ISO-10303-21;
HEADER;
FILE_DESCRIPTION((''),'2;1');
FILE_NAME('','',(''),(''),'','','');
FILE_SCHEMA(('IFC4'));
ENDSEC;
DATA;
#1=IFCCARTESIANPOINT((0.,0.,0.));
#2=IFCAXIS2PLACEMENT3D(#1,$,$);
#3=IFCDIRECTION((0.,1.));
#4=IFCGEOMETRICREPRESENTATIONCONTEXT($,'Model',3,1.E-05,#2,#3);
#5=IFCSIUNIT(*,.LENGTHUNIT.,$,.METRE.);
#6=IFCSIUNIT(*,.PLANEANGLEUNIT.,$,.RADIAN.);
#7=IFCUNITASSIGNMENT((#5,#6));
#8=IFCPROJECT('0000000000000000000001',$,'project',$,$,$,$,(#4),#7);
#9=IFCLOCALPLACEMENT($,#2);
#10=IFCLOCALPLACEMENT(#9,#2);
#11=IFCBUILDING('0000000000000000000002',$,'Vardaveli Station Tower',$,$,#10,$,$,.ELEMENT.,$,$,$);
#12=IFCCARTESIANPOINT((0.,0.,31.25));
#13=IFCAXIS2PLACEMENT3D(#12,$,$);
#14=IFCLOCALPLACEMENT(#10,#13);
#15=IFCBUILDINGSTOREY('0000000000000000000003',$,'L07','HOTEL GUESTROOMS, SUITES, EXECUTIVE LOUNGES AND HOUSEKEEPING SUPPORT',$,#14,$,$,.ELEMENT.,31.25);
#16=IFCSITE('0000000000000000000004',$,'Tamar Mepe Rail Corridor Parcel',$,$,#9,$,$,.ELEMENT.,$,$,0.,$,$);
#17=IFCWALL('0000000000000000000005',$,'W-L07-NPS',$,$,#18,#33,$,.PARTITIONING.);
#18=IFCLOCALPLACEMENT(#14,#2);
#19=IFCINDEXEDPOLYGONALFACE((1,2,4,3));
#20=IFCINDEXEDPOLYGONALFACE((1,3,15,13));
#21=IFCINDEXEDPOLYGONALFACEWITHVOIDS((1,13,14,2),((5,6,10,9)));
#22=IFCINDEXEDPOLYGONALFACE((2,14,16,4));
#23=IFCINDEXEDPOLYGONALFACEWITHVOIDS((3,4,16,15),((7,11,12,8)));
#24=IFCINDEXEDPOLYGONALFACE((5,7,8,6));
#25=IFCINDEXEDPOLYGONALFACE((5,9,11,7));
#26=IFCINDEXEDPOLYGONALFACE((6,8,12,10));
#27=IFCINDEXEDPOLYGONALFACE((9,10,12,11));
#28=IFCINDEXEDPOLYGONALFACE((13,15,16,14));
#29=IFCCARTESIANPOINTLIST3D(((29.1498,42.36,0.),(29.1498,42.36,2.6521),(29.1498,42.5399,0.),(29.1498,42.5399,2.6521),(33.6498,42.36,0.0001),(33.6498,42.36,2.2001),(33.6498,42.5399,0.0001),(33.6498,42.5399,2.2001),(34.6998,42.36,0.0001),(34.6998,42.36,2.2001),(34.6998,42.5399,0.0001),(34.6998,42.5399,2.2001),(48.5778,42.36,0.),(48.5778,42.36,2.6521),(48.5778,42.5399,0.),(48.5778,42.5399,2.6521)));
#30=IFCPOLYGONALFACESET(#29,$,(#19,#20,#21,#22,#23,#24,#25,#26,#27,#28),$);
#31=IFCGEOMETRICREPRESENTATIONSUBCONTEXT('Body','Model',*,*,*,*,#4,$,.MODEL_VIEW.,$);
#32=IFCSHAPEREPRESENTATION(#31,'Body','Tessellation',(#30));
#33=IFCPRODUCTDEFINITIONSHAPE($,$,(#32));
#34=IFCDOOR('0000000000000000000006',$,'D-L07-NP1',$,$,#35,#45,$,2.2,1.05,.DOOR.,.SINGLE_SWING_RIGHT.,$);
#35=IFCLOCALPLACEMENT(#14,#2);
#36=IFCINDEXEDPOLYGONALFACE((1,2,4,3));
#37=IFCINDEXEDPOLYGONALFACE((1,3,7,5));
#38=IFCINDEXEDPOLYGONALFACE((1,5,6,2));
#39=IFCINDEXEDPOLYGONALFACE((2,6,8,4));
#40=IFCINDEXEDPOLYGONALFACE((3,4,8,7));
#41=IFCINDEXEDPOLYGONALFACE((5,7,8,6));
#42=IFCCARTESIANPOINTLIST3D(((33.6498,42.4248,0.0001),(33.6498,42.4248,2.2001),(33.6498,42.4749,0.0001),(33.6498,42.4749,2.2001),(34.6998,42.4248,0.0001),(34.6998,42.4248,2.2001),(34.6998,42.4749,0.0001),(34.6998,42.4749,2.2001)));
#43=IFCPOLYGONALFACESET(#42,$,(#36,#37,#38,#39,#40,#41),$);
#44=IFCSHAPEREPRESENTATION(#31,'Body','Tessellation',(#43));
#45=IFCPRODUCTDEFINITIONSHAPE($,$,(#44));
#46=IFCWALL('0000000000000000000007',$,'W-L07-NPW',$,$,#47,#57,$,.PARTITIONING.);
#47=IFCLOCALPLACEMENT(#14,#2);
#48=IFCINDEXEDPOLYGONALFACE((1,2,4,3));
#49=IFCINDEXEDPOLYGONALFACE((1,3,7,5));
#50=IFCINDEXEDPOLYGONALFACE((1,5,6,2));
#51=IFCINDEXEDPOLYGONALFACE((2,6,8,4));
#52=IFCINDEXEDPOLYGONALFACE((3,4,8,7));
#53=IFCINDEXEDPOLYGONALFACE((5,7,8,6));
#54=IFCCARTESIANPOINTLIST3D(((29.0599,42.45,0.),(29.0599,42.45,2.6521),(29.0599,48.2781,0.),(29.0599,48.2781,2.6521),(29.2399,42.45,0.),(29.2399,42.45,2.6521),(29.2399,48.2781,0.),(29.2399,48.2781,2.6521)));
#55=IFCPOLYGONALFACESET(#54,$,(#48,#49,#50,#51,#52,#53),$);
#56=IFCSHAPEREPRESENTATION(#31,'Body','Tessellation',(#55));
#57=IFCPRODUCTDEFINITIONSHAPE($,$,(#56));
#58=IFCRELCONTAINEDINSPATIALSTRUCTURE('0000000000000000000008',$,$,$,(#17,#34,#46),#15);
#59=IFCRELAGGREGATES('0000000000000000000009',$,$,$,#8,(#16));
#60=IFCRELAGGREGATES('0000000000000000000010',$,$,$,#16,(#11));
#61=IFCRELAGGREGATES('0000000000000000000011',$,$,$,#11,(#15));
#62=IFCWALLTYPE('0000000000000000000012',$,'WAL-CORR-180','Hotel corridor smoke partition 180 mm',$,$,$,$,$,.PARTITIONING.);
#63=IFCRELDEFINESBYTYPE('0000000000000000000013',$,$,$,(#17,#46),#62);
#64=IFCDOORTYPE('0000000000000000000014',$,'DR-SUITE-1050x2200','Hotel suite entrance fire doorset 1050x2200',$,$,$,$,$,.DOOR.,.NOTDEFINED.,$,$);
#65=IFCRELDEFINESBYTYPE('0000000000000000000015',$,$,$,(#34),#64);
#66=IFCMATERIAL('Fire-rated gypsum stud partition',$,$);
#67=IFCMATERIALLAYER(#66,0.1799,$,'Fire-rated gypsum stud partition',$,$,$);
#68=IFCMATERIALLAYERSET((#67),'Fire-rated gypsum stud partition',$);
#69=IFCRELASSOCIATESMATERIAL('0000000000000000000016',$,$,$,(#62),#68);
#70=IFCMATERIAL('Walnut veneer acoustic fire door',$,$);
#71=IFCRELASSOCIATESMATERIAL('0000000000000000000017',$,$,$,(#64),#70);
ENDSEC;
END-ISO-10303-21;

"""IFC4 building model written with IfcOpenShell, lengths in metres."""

from ifc_helpers import new_model, si_unit, direction, frame, frame_2d, origin, place, context, subcontext, project, spatial, rectangle, extrude, source, transform, mapped, material, layer, layer_set, type_object, element, fill, save


model = new_model("IFC4")

# Units and contexts
model_context = context("Model", 3, precision=1e-05, world=origin(), true_north=direction((0.0, 1.0)))
body_context = subcontext(model_context, "Body", "Model", "MODEL_VIEW")
ifc_project = project(units=[si_unit("LENGTHUNIT", "METRE"), si_unit("PLANEANGLEUNIT", "RADIAN")], contexts=[model_context])

# Site, building, storey
site_placement = place(None, origin())
site = spatial("IfcSite", under=ifc_project, at=site_placement, Name="Tamar Mepe Rail Corridor Parcel", CompositionType="ELEMENT", RefElevation=0.0)
building_placement = place(site_placement, origin())
building = spatial("IfcBuilding", under=site, at=building_placement, Name="Vardaveli Station Tower", CompositionType="ELEMENT")
storey_placement = place(building_placement, frame((0.0, 0.0, 31.25)))
storey = spatial("IfcBuildingStorey", under=building, at=storey_placement, Name="L07", Description="HOTEL GUESTROOMS, SUITES, EXECUTIVE LOUNGES AND HOUSEKEEPING SUPPORT", CompositionType="ELEMENT", Elevation=31.25)

# Wall, opening, door
ifc_material_1 = material(Name="Fire-rated gypsum stud partition")
ifc_layer_1 = layer(ifc_material_1, 0.1799, Name="Fire-rated gypsum stud partition")
ifc_layer_set_1 = layer_set([ifc_layer_1], Name="Fire-rated gypsum stud partition")
wall_type_1 = type_object("IfcWallType", Name="WAL-CORR-180", Description="Hotel corridor smoke partition 180 mm", PredefinedType="PARTITIONING", material=ifc_layer_set_1)
shared_shape_1 = source(origin(), body_context, "Body", "SweptSolid", [
    extrude(rectangle(XDim=19.428, YDim=0.1799, at=frame_2d((9.7139, 0.0))), origin(), (0.0, 0.0, 1.0), 2.6521),
])
wall_1_placement = place(storey_placement, frame((29.1499, 42.45, 0.0), z_axis=(0.0, 0.0, 1.0), x_axis=(1.0, 0.0, 0.0)))
wall_1 = element("IfcWall", 1, at=wall_1_placement, inside=storey, type_object=wall_type_1, Name="W-L07-NPS", PredefinedType="PARTITIONING", context=body_context, shape_type="MappedRepresentation", body=[
    mapped(shared_shape_1, transform((0.0, 0.0, 0.0), scale=1.0)),
])
shared_shape_2 = source(origin(), body_context, "Body", "SweptSolid", [
    extrude(rectangle(XDim=1.05, YDim=2.2, at=frame_2d((0.5249, 1.1001))), frame((0.0, 0.1001, 0.0), z_axis=(0.0, -1.0, 0.0), x_axis=(1.0, 0.0, 0.0)), (0.0, 0.0, 1.0), 0.2),
])
opening_1_placement = place(wall_1_placement, frame((4.5, 0.0, 0.0)))
opening_1 = element("IfcOpeningElement", 2, at=opening_1_placement, cuts=wall_1, PredefinedType="OPENING", context=body_context, shape_type="MappedRepresentation", body=[
    mapped(shared_shape_2, transform((0.0, 0.0, 0.0), scale=1.0)),
])
ifc_material_2 = material(Name="Walnut veneer acoustic fire door")
door_type = type_object("IfcDoorType", Name="DR-SUITE-1050x2200", Description="Hotel suite entrance fire doorset 1050x2200", OperationType="NOTDEFINED", PredefinedType="DOOR", material=ifc_material_2)
shared_shape_3 = source(origin(), body_context, "Body", "SweptSolid", [
    extrude(rectangle(XDim=1.05, YDim=2.2, at=frame_2d((0.5249, 1.1001))), frame((0.0, 0.0249, 0.0), z_axis=(0.0, -1.0, 0.0), x_axis=(1.0, 0.0, 0.0)), (0.0, 0.0, 1.0), 0.05),
])
door_placement = place(opening_1_placement, origin())
door = element("IfcDoor", 3, at=door_placement, inside=storey, type_object=door_type, Name="D-L07-NP1", OperationType="SINGLE_SWING_RIGHT", OverallHeight=2.2, OverallWidth=1.05, PredefinedType="DOOR", context=body_context, shape_type="MappedRepresentation", body=[
    mapped(shared_shape_3, transform((0.0, 0.0, 0.0), scale=1.0)),
])
fill(opening_1, door)

# Wall
shared_shape_4 = source(origin(), body_context, "Body", "SweptSolid", [
    extrude(rectangle(XDim=5.8281, YDim=0.1799, at=frame_2d((2.9141, 0.0))), origin(), (0.0, 0.0, 1.0), 2.6521),
])
wall_2_placement = place(storey_placement, frame((29.1499, 42.45, 0.0), z_axis=(0.0, 0.0, 1.0), x_axis=(0.0, 1.0, 0.0)))
element("IfcWall", 4, at=wall_2_placement, inside=storey, type_object=wall_type_1, Name="W-L07-NPW", PredefinedType="PARTITIONING", context=body_context, shape_type="MappedRepresentation", body=[
    mapped(shared_shape_4, transform((0.0, 0.0, 0.0), scale=1.0)),
])

save(model, "model.ifc")
